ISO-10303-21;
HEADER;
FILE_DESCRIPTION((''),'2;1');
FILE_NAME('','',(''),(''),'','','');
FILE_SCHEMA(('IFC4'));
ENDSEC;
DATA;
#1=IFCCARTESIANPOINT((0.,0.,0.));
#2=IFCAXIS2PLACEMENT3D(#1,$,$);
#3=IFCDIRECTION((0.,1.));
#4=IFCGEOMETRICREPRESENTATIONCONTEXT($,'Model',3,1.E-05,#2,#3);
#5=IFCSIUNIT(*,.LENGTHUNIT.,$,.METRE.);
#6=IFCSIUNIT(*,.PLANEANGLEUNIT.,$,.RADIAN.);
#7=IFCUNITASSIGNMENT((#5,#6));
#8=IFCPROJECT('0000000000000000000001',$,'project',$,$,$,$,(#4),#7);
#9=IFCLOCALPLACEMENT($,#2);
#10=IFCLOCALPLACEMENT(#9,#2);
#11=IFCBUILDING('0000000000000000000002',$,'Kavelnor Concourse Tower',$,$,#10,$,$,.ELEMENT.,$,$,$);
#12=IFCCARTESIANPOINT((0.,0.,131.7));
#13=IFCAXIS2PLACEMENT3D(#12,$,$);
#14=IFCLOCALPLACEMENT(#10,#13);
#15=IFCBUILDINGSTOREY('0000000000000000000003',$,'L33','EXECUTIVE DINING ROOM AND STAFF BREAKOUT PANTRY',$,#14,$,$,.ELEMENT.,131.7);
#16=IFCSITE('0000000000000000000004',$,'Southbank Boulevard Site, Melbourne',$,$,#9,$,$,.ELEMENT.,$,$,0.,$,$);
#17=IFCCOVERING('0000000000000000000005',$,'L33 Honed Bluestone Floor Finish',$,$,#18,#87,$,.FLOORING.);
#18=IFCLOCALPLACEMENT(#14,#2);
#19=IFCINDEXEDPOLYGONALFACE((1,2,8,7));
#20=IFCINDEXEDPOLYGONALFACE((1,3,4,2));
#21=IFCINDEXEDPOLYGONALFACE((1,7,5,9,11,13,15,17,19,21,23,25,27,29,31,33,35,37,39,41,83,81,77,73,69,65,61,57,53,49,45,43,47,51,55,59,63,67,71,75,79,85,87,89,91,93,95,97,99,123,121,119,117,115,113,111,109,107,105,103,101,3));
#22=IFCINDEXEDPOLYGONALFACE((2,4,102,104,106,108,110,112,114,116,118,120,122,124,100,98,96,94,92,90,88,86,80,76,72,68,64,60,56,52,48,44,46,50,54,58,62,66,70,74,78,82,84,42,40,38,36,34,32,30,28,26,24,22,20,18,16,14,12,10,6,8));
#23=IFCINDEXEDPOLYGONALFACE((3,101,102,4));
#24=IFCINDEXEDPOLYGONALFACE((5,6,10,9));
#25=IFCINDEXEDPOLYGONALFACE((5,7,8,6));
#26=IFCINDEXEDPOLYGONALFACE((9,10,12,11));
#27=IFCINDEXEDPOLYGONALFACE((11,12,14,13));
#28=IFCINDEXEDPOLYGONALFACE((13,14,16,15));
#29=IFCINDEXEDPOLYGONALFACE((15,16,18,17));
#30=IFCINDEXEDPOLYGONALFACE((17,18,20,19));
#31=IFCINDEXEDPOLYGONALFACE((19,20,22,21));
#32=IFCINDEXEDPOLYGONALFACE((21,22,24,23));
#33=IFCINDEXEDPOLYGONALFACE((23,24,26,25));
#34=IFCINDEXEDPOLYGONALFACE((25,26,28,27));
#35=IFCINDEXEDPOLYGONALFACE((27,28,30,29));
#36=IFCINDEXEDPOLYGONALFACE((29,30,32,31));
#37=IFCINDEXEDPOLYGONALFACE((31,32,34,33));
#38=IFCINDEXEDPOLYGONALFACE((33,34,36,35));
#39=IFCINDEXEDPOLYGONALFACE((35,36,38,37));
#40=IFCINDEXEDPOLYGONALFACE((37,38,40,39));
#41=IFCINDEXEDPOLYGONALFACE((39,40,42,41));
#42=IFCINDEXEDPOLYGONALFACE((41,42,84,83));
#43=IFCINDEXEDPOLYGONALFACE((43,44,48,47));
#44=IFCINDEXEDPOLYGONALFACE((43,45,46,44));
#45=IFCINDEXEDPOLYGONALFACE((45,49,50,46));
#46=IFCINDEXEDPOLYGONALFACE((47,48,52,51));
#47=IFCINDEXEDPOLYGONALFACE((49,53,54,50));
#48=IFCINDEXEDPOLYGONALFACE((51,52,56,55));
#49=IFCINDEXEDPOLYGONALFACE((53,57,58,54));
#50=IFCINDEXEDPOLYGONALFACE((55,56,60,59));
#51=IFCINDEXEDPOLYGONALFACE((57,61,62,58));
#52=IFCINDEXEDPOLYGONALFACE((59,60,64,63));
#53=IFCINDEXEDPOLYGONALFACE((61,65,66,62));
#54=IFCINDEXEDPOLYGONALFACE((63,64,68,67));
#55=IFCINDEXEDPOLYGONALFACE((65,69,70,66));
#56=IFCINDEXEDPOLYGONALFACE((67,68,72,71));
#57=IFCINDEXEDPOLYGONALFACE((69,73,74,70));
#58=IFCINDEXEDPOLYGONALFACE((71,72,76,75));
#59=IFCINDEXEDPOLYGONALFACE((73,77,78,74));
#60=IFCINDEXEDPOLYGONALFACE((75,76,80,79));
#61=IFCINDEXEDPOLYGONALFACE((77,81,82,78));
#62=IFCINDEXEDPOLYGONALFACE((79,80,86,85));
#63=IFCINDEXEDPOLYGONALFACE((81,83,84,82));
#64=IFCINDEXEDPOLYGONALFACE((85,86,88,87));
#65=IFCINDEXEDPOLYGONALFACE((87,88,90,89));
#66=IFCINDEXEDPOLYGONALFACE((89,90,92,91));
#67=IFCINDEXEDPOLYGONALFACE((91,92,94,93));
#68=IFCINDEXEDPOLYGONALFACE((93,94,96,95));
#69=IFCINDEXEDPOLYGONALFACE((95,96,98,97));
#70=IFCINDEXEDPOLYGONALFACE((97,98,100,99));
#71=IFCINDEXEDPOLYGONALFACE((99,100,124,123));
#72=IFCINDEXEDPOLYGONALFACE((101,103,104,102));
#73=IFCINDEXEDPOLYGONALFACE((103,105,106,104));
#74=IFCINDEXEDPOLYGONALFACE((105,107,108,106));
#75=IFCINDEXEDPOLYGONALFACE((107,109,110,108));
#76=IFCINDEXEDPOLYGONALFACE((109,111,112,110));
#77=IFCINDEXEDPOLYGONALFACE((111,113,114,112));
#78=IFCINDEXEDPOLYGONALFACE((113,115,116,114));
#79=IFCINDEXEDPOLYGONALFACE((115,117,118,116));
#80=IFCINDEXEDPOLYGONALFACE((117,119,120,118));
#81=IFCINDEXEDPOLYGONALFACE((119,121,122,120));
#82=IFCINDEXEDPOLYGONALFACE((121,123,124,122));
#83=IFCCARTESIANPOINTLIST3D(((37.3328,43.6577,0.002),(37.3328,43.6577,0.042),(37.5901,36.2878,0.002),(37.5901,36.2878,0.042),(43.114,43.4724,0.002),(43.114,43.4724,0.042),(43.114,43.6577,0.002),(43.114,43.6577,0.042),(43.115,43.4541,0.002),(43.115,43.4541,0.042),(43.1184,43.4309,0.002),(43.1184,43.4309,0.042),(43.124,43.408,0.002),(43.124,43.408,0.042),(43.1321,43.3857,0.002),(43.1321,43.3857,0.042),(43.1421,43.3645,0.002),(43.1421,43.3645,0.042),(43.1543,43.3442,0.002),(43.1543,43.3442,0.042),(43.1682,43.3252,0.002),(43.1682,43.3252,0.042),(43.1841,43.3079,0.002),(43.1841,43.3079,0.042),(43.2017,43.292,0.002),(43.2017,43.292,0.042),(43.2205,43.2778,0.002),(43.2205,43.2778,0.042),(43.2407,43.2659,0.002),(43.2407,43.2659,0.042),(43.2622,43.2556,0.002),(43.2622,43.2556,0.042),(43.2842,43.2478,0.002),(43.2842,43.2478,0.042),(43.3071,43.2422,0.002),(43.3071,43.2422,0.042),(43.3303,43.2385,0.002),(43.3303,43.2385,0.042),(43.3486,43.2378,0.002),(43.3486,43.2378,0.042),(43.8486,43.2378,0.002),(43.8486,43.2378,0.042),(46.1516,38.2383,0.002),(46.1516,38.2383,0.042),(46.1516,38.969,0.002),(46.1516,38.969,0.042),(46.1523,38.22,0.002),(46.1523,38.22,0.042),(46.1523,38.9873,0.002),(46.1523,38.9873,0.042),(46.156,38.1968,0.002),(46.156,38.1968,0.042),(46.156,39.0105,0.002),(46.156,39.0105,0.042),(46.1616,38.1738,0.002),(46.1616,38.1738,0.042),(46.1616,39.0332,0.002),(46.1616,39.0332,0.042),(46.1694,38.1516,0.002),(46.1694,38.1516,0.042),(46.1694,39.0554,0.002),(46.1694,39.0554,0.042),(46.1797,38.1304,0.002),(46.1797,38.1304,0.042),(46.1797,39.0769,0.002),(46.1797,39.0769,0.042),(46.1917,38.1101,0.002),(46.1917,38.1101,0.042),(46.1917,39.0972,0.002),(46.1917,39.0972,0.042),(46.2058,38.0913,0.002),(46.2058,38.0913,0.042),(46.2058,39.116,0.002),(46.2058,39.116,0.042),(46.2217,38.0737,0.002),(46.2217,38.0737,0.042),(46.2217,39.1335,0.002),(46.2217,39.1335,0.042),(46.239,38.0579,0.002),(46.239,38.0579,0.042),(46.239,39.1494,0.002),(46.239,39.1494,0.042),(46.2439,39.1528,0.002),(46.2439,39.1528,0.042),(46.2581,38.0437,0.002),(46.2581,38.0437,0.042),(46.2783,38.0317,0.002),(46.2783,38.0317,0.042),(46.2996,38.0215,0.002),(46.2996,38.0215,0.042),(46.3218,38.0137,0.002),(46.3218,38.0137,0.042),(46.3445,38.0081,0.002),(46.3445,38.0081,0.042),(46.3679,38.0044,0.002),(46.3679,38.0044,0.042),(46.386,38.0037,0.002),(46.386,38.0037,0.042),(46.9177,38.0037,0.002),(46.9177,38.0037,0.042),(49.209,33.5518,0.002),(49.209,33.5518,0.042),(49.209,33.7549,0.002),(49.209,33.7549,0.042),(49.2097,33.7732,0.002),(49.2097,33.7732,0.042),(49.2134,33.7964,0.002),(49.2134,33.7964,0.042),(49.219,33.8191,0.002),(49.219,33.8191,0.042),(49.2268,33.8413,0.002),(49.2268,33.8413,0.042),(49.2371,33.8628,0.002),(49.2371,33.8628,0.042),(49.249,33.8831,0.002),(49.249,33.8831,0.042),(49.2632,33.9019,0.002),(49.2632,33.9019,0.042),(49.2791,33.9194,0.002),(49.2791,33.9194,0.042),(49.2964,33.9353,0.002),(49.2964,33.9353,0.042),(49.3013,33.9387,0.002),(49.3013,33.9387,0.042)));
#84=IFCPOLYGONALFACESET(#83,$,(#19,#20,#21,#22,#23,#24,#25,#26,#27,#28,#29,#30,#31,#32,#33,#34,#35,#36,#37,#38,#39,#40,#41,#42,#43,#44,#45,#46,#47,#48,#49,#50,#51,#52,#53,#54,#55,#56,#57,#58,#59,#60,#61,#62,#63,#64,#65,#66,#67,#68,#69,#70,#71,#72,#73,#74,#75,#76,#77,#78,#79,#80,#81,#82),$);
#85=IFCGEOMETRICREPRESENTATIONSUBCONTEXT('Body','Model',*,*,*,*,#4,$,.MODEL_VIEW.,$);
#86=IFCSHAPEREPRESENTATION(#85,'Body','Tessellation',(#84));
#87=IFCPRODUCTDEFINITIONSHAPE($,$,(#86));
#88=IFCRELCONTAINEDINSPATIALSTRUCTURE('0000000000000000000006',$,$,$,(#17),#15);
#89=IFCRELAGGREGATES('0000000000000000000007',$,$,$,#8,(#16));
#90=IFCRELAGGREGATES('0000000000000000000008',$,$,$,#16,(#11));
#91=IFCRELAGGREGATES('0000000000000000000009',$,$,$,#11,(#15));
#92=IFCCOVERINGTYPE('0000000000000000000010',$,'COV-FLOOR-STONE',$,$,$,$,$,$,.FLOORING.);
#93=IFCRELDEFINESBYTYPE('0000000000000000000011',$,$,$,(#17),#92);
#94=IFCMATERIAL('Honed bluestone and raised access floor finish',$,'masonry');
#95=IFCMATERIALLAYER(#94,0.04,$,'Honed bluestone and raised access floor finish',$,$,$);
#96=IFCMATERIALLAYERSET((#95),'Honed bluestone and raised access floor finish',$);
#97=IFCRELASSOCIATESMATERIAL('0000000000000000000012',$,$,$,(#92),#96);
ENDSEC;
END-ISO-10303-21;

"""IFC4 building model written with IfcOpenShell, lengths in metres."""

from ifc_helpers import new_model, si_unit, direction, frame, origin, place, context, subcontext, project, spatial, polyline, outline, extrude, material, layer, layer_set, type_object, element, save


model = new_model("IFC4")

# Units and contexts
model_context = context("Model", 3, precision=1e-05, world=origin(), true_north=direction((0.0, 1.0)))
body_context = subcontext(model_context, "Body", "Model", "MODEL_VIEW")
ifc_project = project(units=[si_unit("LENGTHUNIT", "METRE"), si_unit("PLANEANGLEUNIT", "RADIAN")], contexts=[model_context])

# Site, building, storey
site_placement = place(None, origin())
site = spatial("IfcSite", under=ifc_project, at=site_placement, Name="Southbank Boulevard Site, Melbourne", CompositionType="ELEMENT", RefElevation=0.0)
building_placement = place(site_placement, origin())
building = spatial("IfcBuilding", under=site, at=building_placement, Name="Kavelnor Concourse Tower", CompositionType="ELEMENT")
storey_placement = place(building_placement, frame((0.0, 0.0, 131.7)))
storey = spatial("IfcBuildingStorey", under=building, at=storey_placement, Name="L33", Description="EXECUTIVE DINING ROOM AND STAFF BREAKOUT PANTRY", CompositionType="ELEMENT", Elevation=131.7)

# Covering
ifc_material_1 = material(Name="Honed bluestone and raised access floor finish", Category="masonry")
ifc_layer_1 = layer(ifc_material_1, 0.04, Name="Honed bluestone and raised access floor finish")
ifc_layer_set_1 = layer_set([ifc_layer_1], Name="Honed bluestone and raised access floor finish")
covering_type_1 = type_object("IfcCoveringType", Name="COV-FLOOR-STONE", PredefinedType="FLOORING", material=ifc_layer_set_1)
covering_1_placement = place(storey_placement, frame((0.0, 0.0, 0.002)))
element("IfcCovering", 1, at=covering_1_placement, inside=storey, type_object=covering_type_1, Name="L33 Honed Bluestone Floor Finish", PredefinedType="FLOORING", context=body_context, shape_type="SweptSolid", body=[
    extrude(outline(polyline([(43.114, 43.6577), (43.114, 43.4724), (43.115, 43.4541), (43.1184, 43.4309), (43.124, 43.408), (43.1321, 43.3857), (43.1421, 43.3645), (43.1543, 43.3442), (43.1682, 43.3252), (43.1841, 43.3079), (43.2017, 43.292), (43.2205, 43.2778), (43.2407, 43.2659), (43.2622, 43.2556), (43.2842, 43.2478), (43.3071, 43.2422), (43.3303, 43.2385), (43.3486, 43.2378), (43.8486, 43.2378), (46.2439, 39.1528), (46.239, 39.1494), (46.2217, 39.1335), (46.2058, 39.116), (46.1917, 39.0972), (46.1797, 39.0769), (46.1694, 39.0554), (46.1616, 39.0332), (46.156, 39.0105), (46.1523, 38.9873), (46.1516, 38.969), (46.1516, 38.2383), (46.1523, 38.22), (46.156, 38.1968), (46.1616, 38.1738), (46.1694, 38.1516), (46.1797, 38.1304), (46.1917, 38.1101), (46.2058, 38.0913), (46.2217, 38.0737), (46.239, 38.0579), (46.2581, 38.0437), (46.2783, 38.0317), (46.2996, 38.0215), (46.3218, 38.0137), (46.3445, 38.0081), (46.3679, 38.0044), (46.386, 38.0037), (46.9177, 38.0037), (49.3013, 33.9387), (49.2964, 33.9353), (49.2791, 33.9194), (49.2632, 33.9019), (49.249, 33.8831), (49.2371, 33.8628), (49.2268, 33.8413), (49.219, 33.8191), (49.2134, 33.7964), (49.2097, 33.7732), (49.209, 33.7549), (49.209, 33.5518), (37.5901, 36.2878), (37.3328, 43.6577), (43.114, 43.6577)])), origin(), (0.0, 0.0, 1.0), 0.04),
])

save(model, "model.ifc")
